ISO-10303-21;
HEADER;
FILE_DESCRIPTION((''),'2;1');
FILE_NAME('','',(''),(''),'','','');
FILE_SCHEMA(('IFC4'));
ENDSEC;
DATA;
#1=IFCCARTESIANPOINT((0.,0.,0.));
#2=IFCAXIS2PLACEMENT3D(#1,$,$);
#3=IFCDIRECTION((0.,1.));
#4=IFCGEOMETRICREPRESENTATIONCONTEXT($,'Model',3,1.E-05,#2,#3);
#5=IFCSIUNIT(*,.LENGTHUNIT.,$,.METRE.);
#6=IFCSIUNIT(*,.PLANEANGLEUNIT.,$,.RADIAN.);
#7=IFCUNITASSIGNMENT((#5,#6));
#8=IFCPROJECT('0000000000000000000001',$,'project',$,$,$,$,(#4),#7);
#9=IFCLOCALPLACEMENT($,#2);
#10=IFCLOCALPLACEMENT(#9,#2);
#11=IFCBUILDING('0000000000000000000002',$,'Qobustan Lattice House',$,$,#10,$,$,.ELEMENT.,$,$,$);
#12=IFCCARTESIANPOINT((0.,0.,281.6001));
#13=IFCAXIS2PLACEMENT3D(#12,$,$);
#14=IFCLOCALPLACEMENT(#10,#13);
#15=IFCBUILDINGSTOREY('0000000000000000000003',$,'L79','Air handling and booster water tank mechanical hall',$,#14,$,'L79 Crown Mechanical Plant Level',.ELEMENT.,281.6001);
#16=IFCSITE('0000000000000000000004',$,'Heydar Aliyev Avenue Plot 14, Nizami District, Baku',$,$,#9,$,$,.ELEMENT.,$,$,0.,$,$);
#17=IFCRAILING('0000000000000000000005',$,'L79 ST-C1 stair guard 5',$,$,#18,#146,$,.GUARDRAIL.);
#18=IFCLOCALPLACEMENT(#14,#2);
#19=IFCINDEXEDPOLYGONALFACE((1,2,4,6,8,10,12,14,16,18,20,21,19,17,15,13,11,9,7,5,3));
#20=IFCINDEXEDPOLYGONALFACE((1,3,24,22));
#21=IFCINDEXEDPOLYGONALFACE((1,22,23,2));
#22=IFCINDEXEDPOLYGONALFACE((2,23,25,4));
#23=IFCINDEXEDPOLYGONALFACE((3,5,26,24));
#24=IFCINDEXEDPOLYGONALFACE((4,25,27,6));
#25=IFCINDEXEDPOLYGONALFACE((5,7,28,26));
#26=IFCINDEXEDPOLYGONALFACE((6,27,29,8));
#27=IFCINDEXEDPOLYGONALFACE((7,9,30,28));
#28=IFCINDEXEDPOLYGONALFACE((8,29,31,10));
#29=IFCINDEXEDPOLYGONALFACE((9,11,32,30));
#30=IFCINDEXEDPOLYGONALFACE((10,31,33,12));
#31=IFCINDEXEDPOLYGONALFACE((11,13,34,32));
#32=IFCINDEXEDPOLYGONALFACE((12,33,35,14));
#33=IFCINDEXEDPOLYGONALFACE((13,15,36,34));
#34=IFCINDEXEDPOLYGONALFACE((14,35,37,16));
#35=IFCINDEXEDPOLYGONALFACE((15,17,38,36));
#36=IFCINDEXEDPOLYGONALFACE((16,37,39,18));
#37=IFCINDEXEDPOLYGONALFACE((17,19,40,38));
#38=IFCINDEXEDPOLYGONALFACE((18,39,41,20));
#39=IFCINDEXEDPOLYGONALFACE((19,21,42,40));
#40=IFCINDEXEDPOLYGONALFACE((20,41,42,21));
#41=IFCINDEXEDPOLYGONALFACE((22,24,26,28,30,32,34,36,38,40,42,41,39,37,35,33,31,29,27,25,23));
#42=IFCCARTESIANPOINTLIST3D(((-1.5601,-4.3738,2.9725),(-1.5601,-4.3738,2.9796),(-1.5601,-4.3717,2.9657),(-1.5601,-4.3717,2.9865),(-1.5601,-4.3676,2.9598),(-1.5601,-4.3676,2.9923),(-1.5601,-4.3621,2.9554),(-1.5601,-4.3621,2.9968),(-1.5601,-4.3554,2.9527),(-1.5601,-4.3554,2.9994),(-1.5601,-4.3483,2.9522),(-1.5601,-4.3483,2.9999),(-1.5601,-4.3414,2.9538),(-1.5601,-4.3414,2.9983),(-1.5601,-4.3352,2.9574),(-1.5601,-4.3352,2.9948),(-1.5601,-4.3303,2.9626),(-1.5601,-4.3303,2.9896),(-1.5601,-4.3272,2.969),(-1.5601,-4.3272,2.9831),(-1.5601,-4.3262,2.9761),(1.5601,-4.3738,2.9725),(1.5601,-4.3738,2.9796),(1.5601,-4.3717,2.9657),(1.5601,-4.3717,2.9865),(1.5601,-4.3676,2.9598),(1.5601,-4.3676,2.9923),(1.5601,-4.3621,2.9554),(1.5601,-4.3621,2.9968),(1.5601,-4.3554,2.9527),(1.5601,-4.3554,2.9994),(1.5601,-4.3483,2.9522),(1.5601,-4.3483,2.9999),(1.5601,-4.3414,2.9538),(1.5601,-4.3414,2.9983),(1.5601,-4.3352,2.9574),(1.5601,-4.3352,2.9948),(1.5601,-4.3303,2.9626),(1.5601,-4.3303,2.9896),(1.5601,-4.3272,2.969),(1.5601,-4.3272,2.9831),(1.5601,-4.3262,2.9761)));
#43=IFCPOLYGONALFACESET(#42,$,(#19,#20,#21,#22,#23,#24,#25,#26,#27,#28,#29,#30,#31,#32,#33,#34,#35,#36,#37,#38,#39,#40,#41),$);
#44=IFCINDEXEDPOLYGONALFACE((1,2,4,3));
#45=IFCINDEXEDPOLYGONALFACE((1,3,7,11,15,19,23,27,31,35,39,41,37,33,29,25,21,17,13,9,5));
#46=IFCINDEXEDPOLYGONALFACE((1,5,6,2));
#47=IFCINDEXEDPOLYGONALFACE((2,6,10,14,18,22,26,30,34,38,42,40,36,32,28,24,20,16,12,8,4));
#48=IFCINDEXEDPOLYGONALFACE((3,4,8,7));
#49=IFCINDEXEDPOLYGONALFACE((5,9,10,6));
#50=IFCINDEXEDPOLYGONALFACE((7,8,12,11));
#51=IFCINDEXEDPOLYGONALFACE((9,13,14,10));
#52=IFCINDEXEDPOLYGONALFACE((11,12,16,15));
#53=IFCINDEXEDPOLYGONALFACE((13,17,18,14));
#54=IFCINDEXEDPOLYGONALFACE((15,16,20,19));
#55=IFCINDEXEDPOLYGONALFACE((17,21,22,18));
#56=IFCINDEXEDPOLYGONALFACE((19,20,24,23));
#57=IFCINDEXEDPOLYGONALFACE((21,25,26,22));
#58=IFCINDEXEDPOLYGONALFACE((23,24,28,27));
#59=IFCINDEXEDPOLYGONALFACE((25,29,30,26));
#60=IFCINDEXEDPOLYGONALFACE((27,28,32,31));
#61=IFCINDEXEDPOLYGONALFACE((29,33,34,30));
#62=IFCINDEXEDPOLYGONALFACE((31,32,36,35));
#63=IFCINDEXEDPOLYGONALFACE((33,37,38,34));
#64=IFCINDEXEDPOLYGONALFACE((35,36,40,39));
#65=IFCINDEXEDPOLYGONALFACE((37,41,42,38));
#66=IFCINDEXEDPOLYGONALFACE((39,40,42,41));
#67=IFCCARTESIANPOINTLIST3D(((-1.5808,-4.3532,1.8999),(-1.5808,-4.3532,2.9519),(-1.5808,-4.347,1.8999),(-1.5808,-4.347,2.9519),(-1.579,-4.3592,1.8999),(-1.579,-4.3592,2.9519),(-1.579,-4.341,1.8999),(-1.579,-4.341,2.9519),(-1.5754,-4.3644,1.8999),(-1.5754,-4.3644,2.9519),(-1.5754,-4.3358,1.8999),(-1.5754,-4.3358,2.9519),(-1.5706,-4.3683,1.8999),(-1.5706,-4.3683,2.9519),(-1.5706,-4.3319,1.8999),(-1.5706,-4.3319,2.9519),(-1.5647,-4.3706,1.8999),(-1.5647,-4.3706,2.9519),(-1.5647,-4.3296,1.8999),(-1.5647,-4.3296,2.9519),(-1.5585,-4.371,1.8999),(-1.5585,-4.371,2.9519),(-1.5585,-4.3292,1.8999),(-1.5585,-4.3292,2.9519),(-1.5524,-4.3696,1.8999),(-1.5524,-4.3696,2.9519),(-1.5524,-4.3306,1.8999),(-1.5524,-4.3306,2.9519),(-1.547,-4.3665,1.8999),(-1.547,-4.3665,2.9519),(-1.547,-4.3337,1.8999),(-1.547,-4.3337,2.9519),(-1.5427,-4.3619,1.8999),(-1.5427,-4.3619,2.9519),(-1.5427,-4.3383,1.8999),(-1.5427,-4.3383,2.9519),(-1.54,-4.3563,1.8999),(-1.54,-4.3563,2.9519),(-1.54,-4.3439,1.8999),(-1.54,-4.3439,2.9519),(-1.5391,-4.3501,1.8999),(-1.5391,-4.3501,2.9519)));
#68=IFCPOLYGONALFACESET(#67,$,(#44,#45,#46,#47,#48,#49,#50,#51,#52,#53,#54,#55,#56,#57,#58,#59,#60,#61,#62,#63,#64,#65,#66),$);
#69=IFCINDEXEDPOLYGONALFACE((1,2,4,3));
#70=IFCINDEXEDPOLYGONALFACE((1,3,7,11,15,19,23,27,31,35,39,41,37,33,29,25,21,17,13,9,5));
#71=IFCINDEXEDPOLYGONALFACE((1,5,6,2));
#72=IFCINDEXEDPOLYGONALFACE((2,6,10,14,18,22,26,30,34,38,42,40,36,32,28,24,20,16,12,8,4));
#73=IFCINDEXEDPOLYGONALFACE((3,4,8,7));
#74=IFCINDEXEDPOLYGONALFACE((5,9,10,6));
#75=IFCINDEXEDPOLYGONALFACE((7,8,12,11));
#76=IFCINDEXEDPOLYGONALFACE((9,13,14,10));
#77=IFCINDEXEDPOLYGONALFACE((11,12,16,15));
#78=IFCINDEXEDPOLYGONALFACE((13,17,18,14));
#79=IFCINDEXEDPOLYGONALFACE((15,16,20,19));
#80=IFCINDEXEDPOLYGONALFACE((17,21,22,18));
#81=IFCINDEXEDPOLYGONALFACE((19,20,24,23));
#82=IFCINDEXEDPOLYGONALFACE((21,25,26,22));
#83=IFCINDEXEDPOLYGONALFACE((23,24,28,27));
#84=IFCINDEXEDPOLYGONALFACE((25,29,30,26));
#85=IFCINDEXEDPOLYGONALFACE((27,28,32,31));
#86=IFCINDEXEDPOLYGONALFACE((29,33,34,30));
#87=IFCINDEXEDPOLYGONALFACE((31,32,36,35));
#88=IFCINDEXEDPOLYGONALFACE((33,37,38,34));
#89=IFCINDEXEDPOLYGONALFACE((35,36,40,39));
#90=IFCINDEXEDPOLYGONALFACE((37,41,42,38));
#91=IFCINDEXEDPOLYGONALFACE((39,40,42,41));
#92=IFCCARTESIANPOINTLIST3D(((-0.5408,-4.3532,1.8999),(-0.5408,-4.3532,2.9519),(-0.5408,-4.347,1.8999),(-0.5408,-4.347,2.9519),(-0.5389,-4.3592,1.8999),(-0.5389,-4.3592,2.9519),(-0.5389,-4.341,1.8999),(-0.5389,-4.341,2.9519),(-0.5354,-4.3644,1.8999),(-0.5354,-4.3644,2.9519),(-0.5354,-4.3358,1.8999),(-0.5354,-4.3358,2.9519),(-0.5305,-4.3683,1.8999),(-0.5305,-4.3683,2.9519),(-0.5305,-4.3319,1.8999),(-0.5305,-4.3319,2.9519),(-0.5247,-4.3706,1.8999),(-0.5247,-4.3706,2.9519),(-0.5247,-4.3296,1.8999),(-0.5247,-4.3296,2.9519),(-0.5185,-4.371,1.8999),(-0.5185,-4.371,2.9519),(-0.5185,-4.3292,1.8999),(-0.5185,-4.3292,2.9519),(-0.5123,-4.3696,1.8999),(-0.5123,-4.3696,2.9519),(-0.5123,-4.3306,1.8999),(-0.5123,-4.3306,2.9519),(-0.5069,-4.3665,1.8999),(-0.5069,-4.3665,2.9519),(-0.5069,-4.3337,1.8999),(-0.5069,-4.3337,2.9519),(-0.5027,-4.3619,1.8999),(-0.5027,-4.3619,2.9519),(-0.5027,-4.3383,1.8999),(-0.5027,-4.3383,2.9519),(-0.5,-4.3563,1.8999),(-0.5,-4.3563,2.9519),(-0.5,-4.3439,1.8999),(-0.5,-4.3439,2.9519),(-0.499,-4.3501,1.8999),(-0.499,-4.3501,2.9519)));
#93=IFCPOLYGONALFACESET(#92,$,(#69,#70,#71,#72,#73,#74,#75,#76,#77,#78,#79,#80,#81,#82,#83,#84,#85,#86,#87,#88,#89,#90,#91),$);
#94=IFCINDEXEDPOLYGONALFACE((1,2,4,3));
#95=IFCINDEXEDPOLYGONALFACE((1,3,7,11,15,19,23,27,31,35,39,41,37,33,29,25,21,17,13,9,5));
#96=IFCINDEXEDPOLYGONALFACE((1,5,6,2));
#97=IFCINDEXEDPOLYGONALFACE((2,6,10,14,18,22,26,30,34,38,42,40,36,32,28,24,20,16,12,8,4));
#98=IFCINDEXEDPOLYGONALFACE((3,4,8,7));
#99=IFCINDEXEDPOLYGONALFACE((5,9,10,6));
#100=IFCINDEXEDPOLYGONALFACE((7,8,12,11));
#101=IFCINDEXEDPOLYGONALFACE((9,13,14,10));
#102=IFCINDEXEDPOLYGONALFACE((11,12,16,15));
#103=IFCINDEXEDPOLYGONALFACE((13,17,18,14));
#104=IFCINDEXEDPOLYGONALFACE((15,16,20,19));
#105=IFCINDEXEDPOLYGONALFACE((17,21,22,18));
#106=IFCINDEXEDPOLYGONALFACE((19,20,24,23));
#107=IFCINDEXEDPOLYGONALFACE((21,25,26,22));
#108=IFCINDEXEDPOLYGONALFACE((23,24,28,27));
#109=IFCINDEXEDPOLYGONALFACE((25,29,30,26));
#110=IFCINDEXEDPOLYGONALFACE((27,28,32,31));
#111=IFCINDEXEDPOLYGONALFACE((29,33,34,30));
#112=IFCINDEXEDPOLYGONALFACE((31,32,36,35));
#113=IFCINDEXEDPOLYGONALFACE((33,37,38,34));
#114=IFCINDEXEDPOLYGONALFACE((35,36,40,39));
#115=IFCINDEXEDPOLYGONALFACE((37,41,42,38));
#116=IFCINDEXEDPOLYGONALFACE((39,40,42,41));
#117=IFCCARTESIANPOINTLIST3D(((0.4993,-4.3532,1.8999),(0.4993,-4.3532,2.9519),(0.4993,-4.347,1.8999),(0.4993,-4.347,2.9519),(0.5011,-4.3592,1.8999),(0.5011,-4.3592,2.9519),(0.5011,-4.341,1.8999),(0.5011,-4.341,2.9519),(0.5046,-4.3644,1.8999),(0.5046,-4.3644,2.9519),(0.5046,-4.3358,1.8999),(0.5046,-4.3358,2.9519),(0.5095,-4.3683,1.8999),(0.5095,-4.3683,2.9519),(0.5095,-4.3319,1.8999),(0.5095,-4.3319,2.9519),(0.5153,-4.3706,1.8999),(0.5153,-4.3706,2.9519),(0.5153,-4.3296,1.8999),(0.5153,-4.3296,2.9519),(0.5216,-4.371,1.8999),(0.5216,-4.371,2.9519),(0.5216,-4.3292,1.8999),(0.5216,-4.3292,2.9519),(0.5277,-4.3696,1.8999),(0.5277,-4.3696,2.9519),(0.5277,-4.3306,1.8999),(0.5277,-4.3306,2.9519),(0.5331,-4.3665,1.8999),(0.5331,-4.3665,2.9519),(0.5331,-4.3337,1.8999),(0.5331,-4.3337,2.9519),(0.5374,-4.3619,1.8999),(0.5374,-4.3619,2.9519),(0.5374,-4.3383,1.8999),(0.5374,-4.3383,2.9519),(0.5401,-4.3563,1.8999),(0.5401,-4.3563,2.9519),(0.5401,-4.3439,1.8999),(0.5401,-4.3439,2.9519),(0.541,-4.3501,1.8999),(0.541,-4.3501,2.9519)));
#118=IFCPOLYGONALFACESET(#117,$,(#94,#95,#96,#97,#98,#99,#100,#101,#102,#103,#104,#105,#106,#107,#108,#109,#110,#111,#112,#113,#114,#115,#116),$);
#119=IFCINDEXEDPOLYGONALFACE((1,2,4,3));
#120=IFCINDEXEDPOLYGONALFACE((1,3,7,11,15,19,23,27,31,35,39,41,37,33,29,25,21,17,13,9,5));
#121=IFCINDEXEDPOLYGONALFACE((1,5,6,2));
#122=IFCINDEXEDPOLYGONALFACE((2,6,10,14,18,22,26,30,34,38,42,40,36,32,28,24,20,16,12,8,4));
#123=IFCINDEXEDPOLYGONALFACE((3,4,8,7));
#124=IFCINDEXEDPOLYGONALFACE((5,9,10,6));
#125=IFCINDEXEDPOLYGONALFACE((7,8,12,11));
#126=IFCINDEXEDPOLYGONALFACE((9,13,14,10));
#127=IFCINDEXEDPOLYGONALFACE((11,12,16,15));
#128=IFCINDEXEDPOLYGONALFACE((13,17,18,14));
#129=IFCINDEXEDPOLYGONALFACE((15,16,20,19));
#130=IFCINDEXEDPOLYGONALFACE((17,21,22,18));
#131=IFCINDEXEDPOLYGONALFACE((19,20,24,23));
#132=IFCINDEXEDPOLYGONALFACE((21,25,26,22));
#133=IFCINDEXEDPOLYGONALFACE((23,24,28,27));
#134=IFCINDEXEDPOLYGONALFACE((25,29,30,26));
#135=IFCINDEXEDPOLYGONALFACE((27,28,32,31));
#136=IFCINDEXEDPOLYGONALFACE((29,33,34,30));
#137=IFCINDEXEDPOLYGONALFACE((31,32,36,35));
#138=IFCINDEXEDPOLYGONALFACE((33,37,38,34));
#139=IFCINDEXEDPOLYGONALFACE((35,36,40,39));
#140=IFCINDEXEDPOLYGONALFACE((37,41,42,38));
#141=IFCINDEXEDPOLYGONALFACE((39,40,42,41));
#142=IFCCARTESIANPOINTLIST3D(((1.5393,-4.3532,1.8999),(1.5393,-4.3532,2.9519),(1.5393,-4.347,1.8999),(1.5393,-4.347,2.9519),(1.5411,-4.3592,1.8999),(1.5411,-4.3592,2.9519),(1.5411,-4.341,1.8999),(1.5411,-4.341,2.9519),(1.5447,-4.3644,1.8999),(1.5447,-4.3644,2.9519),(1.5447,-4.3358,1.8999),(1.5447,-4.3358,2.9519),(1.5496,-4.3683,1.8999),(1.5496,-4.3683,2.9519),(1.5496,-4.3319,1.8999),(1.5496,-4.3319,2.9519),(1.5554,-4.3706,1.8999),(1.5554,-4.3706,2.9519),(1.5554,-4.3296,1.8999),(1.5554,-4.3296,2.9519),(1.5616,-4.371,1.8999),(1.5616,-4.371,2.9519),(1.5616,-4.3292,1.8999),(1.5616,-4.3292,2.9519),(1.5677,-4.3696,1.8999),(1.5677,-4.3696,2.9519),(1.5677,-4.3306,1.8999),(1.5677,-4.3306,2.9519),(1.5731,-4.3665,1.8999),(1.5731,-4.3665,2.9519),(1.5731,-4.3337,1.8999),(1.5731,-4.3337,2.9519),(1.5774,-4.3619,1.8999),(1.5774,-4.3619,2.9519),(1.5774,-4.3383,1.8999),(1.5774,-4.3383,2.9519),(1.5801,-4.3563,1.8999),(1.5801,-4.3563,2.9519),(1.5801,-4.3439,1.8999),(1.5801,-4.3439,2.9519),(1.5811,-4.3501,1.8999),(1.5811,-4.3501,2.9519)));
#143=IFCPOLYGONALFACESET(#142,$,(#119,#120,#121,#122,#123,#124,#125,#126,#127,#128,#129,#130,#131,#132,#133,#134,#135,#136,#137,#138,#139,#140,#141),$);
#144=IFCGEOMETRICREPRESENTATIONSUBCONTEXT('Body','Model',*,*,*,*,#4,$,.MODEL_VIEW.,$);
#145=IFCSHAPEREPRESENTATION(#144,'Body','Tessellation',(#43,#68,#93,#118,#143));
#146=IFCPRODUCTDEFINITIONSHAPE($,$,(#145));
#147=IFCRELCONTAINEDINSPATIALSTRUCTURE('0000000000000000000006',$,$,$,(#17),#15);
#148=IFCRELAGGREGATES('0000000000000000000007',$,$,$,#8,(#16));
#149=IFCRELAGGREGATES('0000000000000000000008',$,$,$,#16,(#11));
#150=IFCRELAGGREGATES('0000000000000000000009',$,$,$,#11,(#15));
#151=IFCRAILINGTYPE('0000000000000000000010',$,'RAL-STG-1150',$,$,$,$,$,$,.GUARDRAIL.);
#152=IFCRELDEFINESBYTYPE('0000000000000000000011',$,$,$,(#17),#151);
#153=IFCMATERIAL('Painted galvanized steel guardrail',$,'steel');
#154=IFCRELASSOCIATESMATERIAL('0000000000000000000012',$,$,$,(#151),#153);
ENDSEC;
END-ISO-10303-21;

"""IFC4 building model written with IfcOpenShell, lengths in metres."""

from ifc_helpers import new_model, si_unit, direction, frame, origin, origin_2d, place, context, subcontext, project, spatial, circle, extrude, material, type_object, element, save


model = new_model("IFC4")

# Units and contexts
model_context = context("Model", 3, precision=1e-05, world=origin(), true_north=direction((0.0, 1.0)))
body_context = subcontext(model_context, "Body", "Model", "MODEL_VIEW")
ifc_project = project(units=[si_unit("LENGTHUNIT", "METRE"), si_unit("PLANEANGLEUNIT", "RADIAN")], contexts=[model_context])

# Site, building, storey
site_placement = place(None, origin())
site = spatial("IfcSite", under=ifc_project, at=site_placement, Name="Heydar Aliyev Avenue Plot 14, Nizami District, Baku", CompositionType="ELEMENT", RefElevation=0.0)
building_placement = place(site_placement, origin())
building = spatial("IfcBuilding", under=site, at=building_placement, Name="Qobustan Lattice House", CompositionType="ELEMENT")
storey_placement = place(building_placement, frame((0.0, 0.0, 281.6001)))
storey = spatial("IfcBuildingStorey", under=building, at=storey_placement, Name="L79", Description="Air handling and booster water tank mechanical hall", LongName="L79 Crown Mechanical Plant Level", CompositionType="ELEMENT", Elevation=281.6001)

# Railing
ifc_material_1 = material(Name="Painted galvanized steel guardrail", Category="steel")
railing_type = type_object("IfcRailingType", Name="RAL-STG-1150", PredefinedType="GUARDRAIL", material=ifc_material_1)
railing_1_placement = place(storey_placement, frame((-1.5601, -4.3501, 1.8999)))
element("IfcRailing", 1, at=railing_1_placement, inside=storey, type_object=railing_type, Name="L79 ST-C1 stair guard 5", PredefinedType="GUARDRAIL", context=body_context, shape_type="SweptSolid", body=[
    extrude(circle(Radius=0.0239, at=origin_2d()), frame((0.0, 0.0, 1.0762), z_axis=(1.0, 0.0, 0.0), x_axis=(0.0, 1.0, 0.0)), (0.0, 0.0, 1.0), 3.1201),
    extrude(circle(Radius=0.021, at=origin_2d()), origin(), (0.0, 0.0, 1.0), 1.052),
    extrude(circle(Radius=0.021, at=origin_2d()), frame((1.04, 0.0, 0.0)), (0.0, 0.0, 1.0), 1.052),
    extrude(circle(Radius=0.021, at=origin_2d()), frame((2.0801, 0.0, 0.0)), (0.0, 0.0, 1.0), 1.052),
    extrude(circle(Radius=0.021, at=origin_2d()), frame((3.1201, 0.0, 0.0)), (0.0, 0.0, 1.0), 1.052),
])

save(model, "model.ifc")
